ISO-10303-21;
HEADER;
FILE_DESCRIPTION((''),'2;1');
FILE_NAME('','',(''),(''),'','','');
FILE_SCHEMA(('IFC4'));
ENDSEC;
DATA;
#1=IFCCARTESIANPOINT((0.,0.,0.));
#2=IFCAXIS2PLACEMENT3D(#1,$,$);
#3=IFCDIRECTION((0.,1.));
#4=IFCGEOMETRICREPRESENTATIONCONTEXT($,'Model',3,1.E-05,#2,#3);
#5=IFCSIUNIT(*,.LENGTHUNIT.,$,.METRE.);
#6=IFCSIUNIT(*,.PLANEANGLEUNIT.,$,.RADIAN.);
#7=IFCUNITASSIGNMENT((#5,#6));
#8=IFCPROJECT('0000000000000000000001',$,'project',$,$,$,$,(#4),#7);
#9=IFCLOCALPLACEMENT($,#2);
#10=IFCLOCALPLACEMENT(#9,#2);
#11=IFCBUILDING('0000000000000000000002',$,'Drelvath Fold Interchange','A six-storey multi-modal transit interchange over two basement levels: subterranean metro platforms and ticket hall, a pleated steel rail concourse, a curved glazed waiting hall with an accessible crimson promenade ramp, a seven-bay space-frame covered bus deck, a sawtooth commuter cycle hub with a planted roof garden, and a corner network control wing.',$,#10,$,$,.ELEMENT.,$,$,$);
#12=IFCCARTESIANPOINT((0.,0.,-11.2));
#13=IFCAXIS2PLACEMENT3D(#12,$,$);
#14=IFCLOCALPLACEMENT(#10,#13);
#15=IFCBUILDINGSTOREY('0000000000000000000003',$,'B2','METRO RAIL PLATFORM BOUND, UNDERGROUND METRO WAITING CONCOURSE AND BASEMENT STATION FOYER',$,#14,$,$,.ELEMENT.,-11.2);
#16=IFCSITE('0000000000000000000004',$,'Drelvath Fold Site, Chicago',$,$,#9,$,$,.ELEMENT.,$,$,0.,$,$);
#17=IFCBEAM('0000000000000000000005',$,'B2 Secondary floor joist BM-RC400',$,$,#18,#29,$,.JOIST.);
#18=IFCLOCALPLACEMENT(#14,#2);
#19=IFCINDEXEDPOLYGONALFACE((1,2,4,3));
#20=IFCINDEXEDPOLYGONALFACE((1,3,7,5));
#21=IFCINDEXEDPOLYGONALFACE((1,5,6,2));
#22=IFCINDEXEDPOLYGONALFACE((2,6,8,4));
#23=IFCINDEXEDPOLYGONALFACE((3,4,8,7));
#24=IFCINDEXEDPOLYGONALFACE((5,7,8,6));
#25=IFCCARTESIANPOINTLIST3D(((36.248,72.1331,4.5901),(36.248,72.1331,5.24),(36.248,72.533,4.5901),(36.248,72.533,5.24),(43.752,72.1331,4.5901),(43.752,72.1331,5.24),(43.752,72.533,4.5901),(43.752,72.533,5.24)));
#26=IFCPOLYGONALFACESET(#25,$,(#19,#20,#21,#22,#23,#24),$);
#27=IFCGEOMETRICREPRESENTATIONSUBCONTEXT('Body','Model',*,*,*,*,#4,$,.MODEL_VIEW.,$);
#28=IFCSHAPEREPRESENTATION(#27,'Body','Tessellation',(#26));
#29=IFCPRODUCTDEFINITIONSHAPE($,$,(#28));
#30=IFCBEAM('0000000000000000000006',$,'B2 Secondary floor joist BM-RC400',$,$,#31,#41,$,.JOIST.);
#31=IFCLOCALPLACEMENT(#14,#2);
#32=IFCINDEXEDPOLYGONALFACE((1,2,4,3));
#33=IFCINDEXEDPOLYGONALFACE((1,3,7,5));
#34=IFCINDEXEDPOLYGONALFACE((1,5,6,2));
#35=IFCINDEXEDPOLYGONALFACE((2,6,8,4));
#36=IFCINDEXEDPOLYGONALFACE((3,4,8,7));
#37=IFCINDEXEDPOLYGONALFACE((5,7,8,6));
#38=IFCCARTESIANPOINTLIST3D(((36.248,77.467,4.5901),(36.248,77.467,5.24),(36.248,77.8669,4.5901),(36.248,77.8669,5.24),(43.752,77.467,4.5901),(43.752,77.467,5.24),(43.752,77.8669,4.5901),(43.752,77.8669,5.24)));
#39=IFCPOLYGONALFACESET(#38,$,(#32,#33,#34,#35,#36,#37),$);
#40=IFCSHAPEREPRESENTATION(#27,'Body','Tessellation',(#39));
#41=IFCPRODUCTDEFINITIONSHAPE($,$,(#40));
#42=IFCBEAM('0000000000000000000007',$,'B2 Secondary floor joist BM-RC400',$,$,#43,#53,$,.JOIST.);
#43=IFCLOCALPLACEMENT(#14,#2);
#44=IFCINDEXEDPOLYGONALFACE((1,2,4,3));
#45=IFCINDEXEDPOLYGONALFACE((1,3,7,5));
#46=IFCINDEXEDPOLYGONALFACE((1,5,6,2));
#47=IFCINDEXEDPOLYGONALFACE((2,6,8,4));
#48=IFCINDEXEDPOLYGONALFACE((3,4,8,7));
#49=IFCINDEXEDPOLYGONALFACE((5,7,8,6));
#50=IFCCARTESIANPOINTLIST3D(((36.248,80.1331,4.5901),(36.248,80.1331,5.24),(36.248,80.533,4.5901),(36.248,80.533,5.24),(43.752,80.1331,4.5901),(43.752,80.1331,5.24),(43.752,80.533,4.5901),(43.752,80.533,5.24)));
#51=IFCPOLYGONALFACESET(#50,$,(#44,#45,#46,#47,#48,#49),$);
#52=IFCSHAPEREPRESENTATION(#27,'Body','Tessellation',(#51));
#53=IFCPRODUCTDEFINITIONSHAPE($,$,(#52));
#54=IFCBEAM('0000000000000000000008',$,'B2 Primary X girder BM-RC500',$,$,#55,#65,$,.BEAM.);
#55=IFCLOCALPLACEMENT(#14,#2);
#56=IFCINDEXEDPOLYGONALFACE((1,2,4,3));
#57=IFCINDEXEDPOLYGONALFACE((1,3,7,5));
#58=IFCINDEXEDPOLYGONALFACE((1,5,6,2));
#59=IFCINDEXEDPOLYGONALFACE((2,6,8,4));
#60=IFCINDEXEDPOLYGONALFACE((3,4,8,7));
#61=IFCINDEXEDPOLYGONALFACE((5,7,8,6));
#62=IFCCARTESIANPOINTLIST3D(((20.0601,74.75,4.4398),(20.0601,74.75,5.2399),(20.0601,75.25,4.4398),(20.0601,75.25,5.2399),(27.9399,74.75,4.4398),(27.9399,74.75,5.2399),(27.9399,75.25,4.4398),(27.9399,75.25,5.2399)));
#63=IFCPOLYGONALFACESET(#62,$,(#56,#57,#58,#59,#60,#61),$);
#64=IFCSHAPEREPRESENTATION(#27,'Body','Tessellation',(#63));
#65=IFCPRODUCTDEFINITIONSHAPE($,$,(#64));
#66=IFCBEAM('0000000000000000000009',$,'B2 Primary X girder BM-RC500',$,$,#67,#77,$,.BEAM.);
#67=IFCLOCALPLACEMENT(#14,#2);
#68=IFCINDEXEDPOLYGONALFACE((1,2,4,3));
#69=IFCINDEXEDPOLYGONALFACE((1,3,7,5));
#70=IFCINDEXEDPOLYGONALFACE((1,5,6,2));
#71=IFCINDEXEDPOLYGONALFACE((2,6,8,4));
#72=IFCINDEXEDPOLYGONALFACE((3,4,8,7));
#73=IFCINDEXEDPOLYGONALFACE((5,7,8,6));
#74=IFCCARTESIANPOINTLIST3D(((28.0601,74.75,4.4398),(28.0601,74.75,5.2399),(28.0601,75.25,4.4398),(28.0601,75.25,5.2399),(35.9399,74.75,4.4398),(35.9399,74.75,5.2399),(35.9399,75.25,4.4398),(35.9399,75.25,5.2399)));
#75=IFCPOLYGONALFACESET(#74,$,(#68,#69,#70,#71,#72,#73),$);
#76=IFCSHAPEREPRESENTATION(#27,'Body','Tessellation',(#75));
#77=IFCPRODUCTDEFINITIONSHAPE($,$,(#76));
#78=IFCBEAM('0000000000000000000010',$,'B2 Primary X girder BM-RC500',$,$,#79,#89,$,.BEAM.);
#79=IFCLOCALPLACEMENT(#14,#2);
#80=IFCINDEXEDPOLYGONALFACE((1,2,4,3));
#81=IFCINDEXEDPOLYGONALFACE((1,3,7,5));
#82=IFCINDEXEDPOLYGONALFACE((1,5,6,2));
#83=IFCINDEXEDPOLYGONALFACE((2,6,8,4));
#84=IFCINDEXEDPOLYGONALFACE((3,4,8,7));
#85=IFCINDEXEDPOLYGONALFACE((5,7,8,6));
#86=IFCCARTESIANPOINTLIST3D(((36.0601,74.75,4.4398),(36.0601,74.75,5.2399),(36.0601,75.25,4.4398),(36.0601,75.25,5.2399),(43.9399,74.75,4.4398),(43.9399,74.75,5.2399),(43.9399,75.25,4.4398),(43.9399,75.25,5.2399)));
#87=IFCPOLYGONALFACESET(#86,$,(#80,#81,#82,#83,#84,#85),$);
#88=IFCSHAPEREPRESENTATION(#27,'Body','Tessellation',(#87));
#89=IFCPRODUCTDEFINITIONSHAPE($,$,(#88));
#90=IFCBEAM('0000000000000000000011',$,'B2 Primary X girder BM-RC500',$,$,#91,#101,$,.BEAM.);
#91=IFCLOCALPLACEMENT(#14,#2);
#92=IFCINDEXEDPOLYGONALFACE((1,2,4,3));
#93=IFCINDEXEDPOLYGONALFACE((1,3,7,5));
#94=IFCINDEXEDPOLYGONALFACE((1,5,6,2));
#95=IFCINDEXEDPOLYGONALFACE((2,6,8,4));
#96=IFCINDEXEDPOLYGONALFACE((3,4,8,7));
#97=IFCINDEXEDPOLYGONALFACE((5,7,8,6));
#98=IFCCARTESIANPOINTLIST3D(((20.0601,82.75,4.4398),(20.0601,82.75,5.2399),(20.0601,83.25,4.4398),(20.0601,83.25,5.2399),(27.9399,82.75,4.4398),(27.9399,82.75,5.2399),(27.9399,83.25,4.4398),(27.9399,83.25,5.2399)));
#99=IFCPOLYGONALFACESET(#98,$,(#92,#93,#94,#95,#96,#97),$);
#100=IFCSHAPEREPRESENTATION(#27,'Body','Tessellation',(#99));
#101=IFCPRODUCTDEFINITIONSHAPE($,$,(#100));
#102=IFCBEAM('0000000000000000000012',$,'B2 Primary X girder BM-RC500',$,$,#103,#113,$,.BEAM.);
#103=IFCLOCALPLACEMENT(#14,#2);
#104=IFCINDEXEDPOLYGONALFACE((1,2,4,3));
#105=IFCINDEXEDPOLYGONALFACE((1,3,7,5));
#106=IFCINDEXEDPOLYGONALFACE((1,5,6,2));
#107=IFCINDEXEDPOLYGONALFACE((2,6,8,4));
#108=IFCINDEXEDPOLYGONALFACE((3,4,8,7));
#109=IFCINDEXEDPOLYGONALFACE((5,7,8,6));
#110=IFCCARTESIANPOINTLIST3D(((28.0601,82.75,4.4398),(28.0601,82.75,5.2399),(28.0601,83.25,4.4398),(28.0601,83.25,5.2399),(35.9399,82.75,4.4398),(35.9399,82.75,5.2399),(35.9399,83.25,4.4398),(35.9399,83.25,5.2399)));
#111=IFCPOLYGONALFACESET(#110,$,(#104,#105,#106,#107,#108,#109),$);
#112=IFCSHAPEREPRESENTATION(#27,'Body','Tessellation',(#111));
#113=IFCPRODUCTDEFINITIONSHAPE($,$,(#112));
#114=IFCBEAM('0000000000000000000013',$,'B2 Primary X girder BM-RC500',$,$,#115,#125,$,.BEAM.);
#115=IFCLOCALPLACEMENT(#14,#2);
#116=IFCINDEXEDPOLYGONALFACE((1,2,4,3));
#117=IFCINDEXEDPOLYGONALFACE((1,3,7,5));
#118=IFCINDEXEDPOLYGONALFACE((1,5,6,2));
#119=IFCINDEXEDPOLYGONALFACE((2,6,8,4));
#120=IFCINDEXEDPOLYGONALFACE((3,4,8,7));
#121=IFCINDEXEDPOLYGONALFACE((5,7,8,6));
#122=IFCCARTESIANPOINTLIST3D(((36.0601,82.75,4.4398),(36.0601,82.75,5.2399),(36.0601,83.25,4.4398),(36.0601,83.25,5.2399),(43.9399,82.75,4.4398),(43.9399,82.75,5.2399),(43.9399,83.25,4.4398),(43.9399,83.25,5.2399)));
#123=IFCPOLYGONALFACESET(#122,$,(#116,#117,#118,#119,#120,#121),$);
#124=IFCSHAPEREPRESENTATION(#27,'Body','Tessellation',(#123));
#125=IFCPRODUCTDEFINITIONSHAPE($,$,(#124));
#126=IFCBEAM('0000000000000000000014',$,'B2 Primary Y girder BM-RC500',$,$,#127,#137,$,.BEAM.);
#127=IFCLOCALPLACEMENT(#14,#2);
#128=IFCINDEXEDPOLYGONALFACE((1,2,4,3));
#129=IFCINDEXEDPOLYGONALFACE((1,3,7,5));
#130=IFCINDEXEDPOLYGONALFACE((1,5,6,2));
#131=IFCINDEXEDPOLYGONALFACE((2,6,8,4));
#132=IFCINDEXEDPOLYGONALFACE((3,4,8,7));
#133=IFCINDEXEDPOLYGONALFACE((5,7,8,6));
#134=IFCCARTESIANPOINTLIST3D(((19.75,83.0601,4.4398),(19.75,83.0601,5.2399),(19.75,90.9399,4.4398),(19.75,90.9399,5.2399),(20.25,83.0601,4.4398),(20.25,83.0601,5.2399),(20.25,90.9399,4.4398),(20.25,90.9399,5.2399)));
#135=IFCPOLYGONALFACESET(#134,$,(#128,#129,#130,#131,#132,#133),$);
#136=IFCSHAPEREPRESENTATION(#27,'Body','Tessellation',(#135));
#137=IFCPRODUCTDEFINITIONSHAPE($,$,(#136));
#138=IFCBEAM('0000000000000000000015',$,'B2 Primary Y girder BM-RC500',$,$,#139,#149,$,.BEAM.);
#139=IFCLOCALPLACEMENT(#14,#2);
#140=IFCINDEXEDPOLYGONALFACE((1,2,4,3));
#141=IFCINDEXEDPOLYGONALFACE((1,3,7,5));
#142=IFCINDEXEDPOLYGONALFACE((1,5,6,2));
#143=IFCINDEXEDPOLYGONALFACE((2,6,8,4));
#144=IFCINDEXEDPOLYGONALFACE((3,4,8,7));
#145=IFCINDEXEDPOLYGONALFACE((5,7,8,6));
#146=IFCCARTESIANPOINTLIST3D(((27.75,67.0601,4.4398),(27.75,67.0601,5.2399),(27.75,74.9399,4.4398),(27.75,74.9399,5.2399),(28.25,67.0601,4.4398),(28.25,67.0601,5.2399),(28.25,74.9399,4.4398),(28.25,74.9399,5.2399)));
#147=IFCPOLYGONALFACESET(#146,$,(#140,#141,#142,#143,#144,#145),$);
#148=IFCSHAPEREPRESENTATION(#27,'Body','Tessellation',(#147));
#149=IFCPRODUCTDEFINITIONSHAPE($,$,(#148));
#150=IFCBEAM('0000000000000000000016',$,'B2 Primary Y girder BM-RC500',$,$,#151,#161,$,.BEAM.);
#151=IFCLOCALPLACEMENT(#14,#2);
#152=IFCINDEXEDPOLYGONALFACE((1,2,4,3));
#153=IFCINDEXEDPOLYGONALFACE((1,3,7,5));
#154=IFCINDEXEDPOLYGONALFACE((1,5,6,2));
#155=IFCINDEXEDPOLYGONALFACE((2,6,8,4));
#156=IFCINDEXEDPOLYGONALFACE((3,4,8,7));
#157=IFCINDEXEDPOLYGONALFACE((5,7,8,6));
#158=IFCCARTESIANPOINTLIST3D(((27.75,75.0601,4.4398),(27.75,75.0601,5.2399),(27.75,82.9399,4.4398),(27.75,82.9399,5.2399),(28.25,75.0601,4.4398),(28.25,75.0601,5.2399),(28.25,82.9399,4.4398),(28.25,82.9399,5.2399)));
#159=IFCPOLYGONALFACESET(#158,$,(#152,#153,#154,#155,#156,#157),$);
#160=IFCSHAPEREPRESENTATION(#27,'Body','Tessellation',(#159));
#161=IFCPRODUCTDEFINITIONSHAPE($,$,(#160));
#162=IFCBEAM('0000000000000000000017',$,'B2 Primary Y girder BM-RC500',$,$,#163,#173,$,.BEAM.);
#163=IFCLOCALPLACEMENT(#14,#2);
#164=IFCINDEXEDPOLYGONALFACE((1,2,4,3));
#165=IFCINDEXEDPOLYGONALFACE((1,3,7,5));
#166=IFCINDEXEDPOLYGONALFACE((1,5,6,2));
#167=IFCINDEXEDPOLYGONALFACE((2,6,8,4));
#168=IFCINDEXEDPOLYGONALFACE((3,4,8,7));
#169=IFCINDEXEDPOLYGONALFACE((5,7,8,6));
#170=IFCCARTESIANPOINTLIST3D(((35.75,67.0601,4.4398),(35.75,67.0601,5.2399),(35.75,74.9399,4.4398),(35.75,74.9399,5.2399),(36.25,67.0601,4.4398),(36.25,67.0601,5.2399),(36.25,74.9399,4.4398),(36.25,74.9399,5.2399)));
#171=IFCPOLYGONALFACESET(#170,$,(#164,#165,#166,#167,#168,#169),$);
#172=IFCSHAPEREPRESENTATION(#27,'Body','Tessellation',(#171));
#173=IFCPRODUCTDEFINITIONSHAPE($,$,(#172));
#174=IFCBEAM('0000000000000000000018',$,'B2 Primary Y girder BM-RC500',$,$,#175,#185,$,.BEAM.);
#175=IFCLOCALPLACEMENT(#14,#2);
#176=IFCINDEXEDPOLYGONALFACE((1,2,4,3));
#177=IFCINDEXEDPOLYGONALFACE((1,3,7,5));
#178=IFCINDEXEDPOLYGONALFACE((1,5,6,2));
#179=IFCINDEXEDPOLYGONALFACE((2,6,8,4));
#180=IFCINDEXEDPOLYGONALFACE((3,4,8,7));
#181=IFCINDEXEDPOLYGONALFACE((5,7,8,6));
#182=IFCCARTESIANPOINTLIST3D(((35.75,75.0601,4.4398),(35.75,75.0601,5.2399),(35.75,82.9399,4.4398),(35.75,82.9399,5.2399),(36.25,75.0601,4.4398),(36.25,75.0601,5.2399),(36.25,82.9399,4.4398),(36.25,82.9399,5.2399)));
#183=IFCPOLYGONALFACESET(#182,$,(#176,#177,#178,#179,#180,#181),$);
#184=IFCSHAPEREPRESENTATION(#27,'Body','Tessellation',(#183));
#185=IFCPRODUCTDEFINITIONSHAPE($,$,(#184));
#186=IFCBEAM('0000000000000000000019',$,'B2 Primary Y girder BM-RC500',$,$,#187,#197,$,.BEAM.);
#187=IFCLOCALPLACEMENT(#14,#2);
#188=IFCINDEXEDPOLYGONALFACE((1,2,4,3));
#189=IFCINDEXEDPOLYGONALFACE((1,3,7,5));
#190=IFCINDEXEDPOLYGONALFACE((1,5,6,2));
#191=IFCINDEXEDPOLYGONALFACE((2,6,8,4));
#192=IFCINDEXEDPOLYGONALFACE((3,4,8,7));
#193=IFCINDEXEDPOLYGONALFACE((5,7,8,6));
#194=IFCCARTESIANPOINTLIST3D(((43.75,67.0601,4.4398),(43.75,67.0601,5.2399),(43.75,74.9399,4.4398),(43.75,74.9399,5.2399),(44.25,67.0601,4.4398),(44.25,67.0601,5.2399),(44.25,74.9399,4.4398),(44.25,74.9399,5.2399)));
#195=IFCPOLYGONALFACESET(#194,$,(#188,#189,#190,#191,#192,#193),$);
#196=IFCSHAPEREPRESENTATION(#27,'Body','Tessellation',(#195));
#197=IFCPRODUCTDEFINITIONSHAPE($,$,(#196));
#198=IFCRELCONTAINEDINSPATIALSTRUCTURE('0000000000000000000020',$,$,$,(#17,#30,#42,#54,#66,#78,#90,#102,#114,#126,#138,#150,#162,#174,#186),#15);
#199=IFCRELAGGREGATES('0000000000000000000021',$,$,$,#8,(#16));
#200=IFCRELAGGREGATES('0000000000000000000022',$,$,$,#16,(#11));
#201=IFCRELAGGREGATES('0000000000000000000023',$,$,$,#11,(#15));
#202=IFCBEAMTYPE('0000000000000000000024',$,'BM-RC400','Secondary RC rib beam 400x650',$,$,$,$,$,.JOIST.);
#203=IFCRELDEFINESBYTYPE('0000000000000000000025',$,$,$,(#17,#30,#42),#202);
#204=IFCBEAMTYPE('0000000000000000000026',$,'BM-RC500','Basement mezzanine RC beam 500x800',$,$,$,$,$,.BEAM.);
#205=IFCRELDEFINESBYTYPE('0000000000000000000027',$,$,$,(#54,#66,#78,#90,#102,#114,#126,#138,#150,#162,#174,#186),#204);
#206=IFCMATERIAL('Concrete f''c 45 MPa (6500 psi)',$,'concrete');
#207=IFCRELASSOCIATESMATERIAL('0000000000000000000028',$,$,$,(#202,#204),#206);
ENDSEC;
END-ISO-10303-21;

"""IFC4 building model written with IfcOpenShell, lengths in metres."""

from ifc_helpers import new_model, si_unit, direction, frame, origin, origin_2d, place, context, subcontext, project, spatial, rectangle, extrude, material, material_profile, profile_set, type_object, element, save


model = new_model("IFC4")

# Units and contexts
model_context = context("Model", 3, precision=1e-05, world=origin(), true_north=direction((0.0, 1.0)))
body_context = subcontext(model_context, "Body", "Model", "MODEL_VIEW")
ifc_project = project(units=[si_unit("LENGTHUNIT", "METRE"), si_unit("PLANEANGLEUNIT", "RADIAN")], contexts=[model_context])

# Site, building, storey
site_placement = place(None, origin())
site = spatial("IfcSite", under=ifc_project, at=site_placement, Name="Drelvath Fold Site, Chicago", CompositionType="ELEMENT", RefElevation=0.0)
building_placement = place(site_placement, origin())
building = spatial("IfcBuilding", under=site, at=building_placement, Name="Drelvath Fold Interchange", Description="A six-storey multi-modal transit interchange over two basement levels: subterranean metro platforms and ticket hall, a pleated steel rail concourse, a curved glazed waiting hall with an accessible crimson promenade ramp, a seven-bay space-frame covered bus deck, a sawtooth commuter cycle hub with a planted roof garden, and a corner network control wing.", CompositionType="ELEMENT")
storey_placement = place(building_placement, frame((0.0, 0.0, -11.2)))
storey = spatial("IfcBuildingStorey", under=building, at=storey_placement, Name="B2", Description="METRO RAIL PLATFORM BOUND, UNDERGROUND METRO WAITING CONCOURSE AND BASEMENT STATION FOYER", CompositionType="ELEMENT", Elevation=-11.2)

# Beams
ifc_material_1 = material(Name="Concrete f'c 45 MPa (6500 psi)", Category="concrete")
ifc_material_profile_1 = material_profile(ifc_material_1, rectangle(XDim=0.3999, YDim=0.6499, at=origin_2d()), Name="RC 400x650")
ifc_profile_set_1 = profile_set([ifc_material_profile_1], Name="Concrete f'c 45 MPa (6500 psi)")
beam_type_1 = type_object("IfcBeamType", Name="BM-RC400", Description="Secondary RC rib beam 400x650", PredefinedType="JOIST", material=ifc_profile_set_1)
for number, where, z_axis, x_axis, name in (
    (1, (36.248, 72.333, 4.915), (1.0, 0.0, 0.0), (0.0, 1.0, 0.0), "B2 Secondary floor joist BM-RC400"),
    (2, (36.248, 77.667, 4.915), (1.0, 0.0, 0.0), (0.0, 1.0, 0.0), "B2 Secondary floor joist BM-RC400"),
    (3, (36.248, 80.333, 4.915), (1.0, 0.0, 0.0), (0.0, 1.0, 0.0), "B2 Secondary floor joist BM-RC400"),
):
    element("IfcBeam", number, at=place(storey_placement, frame(where, z_axis=z_axis, x_axis=x_axis)), inside=storey, type_object=beam_type_1, Name=name, PredefinedType="JOIST", context=body_context, shape_type="SweptSolid", body=[
        extrude(rectangle(XDim=0.3999, YDim=0.6499, at=origin_2d()), origin(), (0.0, 0.0, 1.0), 7.5039),
    ])
ifc_material_profile_2 = material_profile(ifc_material_1, rectangle(XDim=0.5, YDim=0.8, at=origin_2d()), Name="RC 500x800")
ifc_profile_set_2 = profile_set([ifc_material_profile_2], Name="Concrete f'c 45 MPa (6500 psi)")
beam_type_2 = type_object("IfcBeamType", Name="BM-RC500", Description="Basement mezzanine RC beam 500x800", PredefinedType="BEAM", material=ifc_profile_set_2)
for number, where, z_axis, x_axis, name in (
    (4, (20.0601, 75.0, 4.8398), (1.0, 0.0, 0.0), (0.0, 1.0, 0.0), "B2 Primary X girder BM-RC500"),
    (5, (28.0601, 75.0, 4.8398), (1.0, 0.0, 0.0), (0.0, 1.0, 0.0), "B2 Primary X girder BM-RC500"),
    (6, (36.0601, 75.0, 4.8398), (1.0, 0.0, 0.0), (0.0, 1.0, 0.0), "B2 Primary X girder BM-RC500"),
    (7, (20.0601, 83.0, 4.8398), (1.0, 0.0, 0.0), (0.0, 1.0, 0.0), "B2 Primary X girder BM-RC500"),
    (8, (28.0601, 83.0, 4.8398), (1.0, 0.0, 0.0), (0.0, 1.0, 0.0), "B2 Primary X girder BM-RC500"),
    (9, (36.0601, 83.0, 4.8398), (1.0, 0.0, 0.0), (0.0, 1.0, 0.0), "B2 Primary X girder BM-RC500"),
    (10, (20.0, 83.0601, 4.8398), (0.0, 1.0, 0.0), (-1.0, 0.0, 0.0), "B2 Primary Y girder BM-RC500"),
    (11, (28.0, 67.0601, 4.8398), (0.0, 1.0, 0.0), (-1.0, 0.0, 0.0), "B2 Primary Y girder BM-RC500"),
    (12, (28.0, 75.0601, 4.8398), (0.0, 1.0, 0.0), (-1.0, 0.0, 0.0), "B2 Primary Y girder BM-RC500"),
    (13, (36.0, 67.0601, 4.8398), (0.0, 1.0, 0.0), (-1.0, 0.0, 0.0), "B2 Primary Y girder BM-RC500"),
    (14, (36.0, 75.0601, 4.8398), (0.0, 1.0, 0.0), (-1.0, 0.0, 0.0), "B2 Primary Y girder BM-RC500"),
    (15, (44.0, 67.0601, 4.8398), (0.0, 1.0, 0.0), (-1.0, 0.0, 0.0), "B2 Primary Y girder BM-RC500"),
):
    element("IfcBeam", number, at=place(storey_placement, frame(where, z_axis=z_axis, x_axis=x_axis)), inside=storey, type_object=beam_type_2, Name=name, PredefinedType="BEAM", context=body_context, shape_type="SweptSolid", body=[
        extrude(rectangle(XDim=0.5, YDim=0.8, at=origin_2d()), origin(), (0.0, 0.0, 1.0), 7.8799),
    ])

save(model, "model.ifc")
